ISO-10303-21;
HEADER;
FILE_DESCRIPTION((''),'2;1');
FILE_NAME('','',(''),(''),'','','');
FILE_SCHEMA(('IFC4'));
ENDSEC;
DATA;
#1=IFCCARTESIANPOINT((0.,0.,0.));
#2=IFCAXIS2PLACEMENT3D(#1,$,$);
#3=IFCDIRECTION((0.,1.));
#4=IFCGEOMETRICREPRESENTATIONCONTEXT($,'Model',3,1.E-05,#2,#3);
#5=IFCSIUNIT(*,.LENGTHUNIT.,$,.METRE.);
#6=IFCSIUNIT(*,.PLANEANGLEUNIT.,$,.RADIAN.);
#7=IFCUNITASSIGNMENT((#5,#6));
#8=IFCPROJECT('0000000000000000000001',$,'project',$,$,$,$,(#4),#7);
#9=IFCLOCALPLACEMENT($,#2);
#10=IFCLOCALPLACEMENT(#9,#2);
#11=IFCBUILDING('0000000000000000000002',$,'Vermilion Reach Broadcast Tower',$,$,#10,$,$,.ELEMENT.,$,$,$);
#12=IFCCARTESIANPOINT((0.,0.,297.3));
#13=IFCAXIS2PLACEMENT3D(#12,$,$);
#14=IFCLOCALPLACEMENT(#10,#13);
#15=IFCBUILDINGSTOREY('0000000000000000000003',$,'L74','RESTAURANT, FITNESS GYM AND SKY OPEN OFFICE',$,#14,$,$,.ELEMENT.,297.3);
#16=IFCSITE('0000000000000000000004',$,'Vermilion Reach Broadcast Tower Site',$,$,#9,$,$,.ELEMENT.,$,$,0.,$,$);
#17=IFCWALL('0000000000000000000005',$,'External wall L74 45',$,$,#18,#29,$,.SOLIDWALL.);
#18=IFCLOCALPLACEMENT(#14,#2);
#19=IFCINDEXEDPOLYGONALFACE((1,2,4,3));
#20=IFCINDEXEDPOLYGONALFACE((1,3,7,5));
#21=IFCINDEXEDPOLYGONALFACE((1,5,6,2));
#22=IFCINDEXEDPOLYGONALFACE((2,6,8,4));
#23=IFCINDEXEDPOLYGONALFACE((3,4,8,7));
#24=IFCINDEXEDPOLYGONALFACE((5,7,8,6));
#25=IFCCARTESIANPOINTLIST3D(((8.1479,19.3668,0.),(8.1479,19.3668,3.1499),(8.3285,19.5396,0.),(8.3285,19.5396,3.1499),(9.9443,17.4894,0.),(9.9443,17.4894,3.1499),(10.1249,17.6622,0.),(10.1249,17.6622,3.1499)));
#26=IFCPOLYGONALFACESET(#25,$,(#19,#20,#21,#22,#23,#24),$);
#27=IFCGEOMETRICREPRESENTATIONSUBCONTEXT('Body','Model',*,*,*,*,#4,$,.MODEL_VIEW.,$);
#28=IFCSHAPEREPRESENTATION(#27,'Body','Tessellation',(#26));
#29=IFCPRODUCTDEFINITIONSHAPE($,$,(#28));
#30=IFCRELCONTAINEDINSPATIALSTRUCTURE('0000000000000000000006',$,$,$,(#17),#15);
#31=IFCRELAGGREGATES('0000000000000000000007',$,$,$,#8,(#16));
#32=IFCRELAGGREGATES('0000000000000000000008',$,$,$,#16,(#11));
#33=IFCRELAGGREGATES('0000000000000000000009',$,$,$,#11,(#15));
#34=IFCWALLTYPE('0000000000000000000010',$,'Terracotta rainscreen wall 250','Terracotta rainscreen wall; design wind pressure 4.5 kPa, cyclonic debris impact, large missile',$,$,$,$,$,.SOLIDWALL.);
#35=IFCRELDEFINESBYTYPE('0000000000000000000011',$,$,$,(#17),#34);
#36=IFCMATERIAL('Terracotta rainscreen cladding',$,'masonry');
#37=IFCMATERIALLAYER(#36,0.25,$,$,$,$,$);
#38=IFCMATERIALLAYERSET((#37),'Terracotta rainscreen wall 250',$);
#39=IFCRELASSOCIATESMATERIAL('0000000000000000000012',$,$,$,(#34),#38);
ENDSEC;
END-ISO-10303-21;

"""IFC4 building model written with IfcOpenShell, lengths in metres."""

from ifc_helpers import new_model, si_unit, direction, frame, frame_2d, origin, place, context, subcontext, project, spatial, rectangle, extrude, material, layer, layer_set, type_object, element, save


model = new_model("IFC4")

# Units and contexts
model_context = context("Model", 3, precision=1e-05, world=origin(), true_north=direction((0.0, 1.0)))
body_context = subcontext(model_context, "Body", "Model", "MODEL_VIEW")
ifc_project = project(units=[si_unit("LENGTHUNIT", "METRE"), si_unit("PLANEANGLEUNIT", "RADIAN")], contexts=[model_context])

# Site, building, storey
site_placement = place(None, origin())
site = spatial("IfcSite", under=ifc_project, at=site_placement, Name="Vermilion Reach Broadcast Tower Site", CompositionType="ELEMENT", RefElevation=0.0)
building_placement = place(site_placement, origin())
building = spatial("IfcBuilding", under=site, at=building_placement, Name="Vermilion Reach Broadcast Tower", CompositionType="ELEMENT")
storey_placement = place(building_placement, frame((0.0, 0.0, 297.3)))
storey = spatial("IfcBuildingStorey", under=building, at=storey_placement, Name="L74", Description="RESTAURANT, FITNESS GYM AND SKY OPEN OFFICE", CompositionType="ELEMENT", Elevation=297.3)

# Shared definitions
ifc_material_1 = material(Name="Terracotta rainscreen cladding", Category="masonry")
ifc_layer_1 = layer(ifc_material_1, 0.25)
ifc_layer_set_1 = layer_set([ifc_layer_1], Name="Terracotta rainscreen wall 250")
wall_type_1 = type_object("IfcWallType", Name="Terracotta rainscreen wall 250", Description="Terracotta rainscreen wall; design wind pressure 4.5 kPa, cyclonic debris impact, large missile", PredefinedType="SOLIDWALL", material=ifc_layer_set_1)

# Wall
wall_1_placement = place(storey_placement, frame((10.0347, 17.5757, 0.0), z_axis=(0.0, 0.0, 1.0), x_axis=(-0.691338, 0.722532, 0.0)))
element("IfcWall", 1, at=wall_1_placement, inside=storey, type_object=wall_type_1, Name="External wall L74 45", PredefinedType="SOLIDWALL", context=body_context, shape_type="SweptSolid", body=[
    extrude(rectangle(XDim=2.5984, YDim=0.25, at=frame_2d((1.2993, 0.0))), origin(), (0.0, 0.0, 1.0), 3.1499),
])

save(model, "model.ifc")
